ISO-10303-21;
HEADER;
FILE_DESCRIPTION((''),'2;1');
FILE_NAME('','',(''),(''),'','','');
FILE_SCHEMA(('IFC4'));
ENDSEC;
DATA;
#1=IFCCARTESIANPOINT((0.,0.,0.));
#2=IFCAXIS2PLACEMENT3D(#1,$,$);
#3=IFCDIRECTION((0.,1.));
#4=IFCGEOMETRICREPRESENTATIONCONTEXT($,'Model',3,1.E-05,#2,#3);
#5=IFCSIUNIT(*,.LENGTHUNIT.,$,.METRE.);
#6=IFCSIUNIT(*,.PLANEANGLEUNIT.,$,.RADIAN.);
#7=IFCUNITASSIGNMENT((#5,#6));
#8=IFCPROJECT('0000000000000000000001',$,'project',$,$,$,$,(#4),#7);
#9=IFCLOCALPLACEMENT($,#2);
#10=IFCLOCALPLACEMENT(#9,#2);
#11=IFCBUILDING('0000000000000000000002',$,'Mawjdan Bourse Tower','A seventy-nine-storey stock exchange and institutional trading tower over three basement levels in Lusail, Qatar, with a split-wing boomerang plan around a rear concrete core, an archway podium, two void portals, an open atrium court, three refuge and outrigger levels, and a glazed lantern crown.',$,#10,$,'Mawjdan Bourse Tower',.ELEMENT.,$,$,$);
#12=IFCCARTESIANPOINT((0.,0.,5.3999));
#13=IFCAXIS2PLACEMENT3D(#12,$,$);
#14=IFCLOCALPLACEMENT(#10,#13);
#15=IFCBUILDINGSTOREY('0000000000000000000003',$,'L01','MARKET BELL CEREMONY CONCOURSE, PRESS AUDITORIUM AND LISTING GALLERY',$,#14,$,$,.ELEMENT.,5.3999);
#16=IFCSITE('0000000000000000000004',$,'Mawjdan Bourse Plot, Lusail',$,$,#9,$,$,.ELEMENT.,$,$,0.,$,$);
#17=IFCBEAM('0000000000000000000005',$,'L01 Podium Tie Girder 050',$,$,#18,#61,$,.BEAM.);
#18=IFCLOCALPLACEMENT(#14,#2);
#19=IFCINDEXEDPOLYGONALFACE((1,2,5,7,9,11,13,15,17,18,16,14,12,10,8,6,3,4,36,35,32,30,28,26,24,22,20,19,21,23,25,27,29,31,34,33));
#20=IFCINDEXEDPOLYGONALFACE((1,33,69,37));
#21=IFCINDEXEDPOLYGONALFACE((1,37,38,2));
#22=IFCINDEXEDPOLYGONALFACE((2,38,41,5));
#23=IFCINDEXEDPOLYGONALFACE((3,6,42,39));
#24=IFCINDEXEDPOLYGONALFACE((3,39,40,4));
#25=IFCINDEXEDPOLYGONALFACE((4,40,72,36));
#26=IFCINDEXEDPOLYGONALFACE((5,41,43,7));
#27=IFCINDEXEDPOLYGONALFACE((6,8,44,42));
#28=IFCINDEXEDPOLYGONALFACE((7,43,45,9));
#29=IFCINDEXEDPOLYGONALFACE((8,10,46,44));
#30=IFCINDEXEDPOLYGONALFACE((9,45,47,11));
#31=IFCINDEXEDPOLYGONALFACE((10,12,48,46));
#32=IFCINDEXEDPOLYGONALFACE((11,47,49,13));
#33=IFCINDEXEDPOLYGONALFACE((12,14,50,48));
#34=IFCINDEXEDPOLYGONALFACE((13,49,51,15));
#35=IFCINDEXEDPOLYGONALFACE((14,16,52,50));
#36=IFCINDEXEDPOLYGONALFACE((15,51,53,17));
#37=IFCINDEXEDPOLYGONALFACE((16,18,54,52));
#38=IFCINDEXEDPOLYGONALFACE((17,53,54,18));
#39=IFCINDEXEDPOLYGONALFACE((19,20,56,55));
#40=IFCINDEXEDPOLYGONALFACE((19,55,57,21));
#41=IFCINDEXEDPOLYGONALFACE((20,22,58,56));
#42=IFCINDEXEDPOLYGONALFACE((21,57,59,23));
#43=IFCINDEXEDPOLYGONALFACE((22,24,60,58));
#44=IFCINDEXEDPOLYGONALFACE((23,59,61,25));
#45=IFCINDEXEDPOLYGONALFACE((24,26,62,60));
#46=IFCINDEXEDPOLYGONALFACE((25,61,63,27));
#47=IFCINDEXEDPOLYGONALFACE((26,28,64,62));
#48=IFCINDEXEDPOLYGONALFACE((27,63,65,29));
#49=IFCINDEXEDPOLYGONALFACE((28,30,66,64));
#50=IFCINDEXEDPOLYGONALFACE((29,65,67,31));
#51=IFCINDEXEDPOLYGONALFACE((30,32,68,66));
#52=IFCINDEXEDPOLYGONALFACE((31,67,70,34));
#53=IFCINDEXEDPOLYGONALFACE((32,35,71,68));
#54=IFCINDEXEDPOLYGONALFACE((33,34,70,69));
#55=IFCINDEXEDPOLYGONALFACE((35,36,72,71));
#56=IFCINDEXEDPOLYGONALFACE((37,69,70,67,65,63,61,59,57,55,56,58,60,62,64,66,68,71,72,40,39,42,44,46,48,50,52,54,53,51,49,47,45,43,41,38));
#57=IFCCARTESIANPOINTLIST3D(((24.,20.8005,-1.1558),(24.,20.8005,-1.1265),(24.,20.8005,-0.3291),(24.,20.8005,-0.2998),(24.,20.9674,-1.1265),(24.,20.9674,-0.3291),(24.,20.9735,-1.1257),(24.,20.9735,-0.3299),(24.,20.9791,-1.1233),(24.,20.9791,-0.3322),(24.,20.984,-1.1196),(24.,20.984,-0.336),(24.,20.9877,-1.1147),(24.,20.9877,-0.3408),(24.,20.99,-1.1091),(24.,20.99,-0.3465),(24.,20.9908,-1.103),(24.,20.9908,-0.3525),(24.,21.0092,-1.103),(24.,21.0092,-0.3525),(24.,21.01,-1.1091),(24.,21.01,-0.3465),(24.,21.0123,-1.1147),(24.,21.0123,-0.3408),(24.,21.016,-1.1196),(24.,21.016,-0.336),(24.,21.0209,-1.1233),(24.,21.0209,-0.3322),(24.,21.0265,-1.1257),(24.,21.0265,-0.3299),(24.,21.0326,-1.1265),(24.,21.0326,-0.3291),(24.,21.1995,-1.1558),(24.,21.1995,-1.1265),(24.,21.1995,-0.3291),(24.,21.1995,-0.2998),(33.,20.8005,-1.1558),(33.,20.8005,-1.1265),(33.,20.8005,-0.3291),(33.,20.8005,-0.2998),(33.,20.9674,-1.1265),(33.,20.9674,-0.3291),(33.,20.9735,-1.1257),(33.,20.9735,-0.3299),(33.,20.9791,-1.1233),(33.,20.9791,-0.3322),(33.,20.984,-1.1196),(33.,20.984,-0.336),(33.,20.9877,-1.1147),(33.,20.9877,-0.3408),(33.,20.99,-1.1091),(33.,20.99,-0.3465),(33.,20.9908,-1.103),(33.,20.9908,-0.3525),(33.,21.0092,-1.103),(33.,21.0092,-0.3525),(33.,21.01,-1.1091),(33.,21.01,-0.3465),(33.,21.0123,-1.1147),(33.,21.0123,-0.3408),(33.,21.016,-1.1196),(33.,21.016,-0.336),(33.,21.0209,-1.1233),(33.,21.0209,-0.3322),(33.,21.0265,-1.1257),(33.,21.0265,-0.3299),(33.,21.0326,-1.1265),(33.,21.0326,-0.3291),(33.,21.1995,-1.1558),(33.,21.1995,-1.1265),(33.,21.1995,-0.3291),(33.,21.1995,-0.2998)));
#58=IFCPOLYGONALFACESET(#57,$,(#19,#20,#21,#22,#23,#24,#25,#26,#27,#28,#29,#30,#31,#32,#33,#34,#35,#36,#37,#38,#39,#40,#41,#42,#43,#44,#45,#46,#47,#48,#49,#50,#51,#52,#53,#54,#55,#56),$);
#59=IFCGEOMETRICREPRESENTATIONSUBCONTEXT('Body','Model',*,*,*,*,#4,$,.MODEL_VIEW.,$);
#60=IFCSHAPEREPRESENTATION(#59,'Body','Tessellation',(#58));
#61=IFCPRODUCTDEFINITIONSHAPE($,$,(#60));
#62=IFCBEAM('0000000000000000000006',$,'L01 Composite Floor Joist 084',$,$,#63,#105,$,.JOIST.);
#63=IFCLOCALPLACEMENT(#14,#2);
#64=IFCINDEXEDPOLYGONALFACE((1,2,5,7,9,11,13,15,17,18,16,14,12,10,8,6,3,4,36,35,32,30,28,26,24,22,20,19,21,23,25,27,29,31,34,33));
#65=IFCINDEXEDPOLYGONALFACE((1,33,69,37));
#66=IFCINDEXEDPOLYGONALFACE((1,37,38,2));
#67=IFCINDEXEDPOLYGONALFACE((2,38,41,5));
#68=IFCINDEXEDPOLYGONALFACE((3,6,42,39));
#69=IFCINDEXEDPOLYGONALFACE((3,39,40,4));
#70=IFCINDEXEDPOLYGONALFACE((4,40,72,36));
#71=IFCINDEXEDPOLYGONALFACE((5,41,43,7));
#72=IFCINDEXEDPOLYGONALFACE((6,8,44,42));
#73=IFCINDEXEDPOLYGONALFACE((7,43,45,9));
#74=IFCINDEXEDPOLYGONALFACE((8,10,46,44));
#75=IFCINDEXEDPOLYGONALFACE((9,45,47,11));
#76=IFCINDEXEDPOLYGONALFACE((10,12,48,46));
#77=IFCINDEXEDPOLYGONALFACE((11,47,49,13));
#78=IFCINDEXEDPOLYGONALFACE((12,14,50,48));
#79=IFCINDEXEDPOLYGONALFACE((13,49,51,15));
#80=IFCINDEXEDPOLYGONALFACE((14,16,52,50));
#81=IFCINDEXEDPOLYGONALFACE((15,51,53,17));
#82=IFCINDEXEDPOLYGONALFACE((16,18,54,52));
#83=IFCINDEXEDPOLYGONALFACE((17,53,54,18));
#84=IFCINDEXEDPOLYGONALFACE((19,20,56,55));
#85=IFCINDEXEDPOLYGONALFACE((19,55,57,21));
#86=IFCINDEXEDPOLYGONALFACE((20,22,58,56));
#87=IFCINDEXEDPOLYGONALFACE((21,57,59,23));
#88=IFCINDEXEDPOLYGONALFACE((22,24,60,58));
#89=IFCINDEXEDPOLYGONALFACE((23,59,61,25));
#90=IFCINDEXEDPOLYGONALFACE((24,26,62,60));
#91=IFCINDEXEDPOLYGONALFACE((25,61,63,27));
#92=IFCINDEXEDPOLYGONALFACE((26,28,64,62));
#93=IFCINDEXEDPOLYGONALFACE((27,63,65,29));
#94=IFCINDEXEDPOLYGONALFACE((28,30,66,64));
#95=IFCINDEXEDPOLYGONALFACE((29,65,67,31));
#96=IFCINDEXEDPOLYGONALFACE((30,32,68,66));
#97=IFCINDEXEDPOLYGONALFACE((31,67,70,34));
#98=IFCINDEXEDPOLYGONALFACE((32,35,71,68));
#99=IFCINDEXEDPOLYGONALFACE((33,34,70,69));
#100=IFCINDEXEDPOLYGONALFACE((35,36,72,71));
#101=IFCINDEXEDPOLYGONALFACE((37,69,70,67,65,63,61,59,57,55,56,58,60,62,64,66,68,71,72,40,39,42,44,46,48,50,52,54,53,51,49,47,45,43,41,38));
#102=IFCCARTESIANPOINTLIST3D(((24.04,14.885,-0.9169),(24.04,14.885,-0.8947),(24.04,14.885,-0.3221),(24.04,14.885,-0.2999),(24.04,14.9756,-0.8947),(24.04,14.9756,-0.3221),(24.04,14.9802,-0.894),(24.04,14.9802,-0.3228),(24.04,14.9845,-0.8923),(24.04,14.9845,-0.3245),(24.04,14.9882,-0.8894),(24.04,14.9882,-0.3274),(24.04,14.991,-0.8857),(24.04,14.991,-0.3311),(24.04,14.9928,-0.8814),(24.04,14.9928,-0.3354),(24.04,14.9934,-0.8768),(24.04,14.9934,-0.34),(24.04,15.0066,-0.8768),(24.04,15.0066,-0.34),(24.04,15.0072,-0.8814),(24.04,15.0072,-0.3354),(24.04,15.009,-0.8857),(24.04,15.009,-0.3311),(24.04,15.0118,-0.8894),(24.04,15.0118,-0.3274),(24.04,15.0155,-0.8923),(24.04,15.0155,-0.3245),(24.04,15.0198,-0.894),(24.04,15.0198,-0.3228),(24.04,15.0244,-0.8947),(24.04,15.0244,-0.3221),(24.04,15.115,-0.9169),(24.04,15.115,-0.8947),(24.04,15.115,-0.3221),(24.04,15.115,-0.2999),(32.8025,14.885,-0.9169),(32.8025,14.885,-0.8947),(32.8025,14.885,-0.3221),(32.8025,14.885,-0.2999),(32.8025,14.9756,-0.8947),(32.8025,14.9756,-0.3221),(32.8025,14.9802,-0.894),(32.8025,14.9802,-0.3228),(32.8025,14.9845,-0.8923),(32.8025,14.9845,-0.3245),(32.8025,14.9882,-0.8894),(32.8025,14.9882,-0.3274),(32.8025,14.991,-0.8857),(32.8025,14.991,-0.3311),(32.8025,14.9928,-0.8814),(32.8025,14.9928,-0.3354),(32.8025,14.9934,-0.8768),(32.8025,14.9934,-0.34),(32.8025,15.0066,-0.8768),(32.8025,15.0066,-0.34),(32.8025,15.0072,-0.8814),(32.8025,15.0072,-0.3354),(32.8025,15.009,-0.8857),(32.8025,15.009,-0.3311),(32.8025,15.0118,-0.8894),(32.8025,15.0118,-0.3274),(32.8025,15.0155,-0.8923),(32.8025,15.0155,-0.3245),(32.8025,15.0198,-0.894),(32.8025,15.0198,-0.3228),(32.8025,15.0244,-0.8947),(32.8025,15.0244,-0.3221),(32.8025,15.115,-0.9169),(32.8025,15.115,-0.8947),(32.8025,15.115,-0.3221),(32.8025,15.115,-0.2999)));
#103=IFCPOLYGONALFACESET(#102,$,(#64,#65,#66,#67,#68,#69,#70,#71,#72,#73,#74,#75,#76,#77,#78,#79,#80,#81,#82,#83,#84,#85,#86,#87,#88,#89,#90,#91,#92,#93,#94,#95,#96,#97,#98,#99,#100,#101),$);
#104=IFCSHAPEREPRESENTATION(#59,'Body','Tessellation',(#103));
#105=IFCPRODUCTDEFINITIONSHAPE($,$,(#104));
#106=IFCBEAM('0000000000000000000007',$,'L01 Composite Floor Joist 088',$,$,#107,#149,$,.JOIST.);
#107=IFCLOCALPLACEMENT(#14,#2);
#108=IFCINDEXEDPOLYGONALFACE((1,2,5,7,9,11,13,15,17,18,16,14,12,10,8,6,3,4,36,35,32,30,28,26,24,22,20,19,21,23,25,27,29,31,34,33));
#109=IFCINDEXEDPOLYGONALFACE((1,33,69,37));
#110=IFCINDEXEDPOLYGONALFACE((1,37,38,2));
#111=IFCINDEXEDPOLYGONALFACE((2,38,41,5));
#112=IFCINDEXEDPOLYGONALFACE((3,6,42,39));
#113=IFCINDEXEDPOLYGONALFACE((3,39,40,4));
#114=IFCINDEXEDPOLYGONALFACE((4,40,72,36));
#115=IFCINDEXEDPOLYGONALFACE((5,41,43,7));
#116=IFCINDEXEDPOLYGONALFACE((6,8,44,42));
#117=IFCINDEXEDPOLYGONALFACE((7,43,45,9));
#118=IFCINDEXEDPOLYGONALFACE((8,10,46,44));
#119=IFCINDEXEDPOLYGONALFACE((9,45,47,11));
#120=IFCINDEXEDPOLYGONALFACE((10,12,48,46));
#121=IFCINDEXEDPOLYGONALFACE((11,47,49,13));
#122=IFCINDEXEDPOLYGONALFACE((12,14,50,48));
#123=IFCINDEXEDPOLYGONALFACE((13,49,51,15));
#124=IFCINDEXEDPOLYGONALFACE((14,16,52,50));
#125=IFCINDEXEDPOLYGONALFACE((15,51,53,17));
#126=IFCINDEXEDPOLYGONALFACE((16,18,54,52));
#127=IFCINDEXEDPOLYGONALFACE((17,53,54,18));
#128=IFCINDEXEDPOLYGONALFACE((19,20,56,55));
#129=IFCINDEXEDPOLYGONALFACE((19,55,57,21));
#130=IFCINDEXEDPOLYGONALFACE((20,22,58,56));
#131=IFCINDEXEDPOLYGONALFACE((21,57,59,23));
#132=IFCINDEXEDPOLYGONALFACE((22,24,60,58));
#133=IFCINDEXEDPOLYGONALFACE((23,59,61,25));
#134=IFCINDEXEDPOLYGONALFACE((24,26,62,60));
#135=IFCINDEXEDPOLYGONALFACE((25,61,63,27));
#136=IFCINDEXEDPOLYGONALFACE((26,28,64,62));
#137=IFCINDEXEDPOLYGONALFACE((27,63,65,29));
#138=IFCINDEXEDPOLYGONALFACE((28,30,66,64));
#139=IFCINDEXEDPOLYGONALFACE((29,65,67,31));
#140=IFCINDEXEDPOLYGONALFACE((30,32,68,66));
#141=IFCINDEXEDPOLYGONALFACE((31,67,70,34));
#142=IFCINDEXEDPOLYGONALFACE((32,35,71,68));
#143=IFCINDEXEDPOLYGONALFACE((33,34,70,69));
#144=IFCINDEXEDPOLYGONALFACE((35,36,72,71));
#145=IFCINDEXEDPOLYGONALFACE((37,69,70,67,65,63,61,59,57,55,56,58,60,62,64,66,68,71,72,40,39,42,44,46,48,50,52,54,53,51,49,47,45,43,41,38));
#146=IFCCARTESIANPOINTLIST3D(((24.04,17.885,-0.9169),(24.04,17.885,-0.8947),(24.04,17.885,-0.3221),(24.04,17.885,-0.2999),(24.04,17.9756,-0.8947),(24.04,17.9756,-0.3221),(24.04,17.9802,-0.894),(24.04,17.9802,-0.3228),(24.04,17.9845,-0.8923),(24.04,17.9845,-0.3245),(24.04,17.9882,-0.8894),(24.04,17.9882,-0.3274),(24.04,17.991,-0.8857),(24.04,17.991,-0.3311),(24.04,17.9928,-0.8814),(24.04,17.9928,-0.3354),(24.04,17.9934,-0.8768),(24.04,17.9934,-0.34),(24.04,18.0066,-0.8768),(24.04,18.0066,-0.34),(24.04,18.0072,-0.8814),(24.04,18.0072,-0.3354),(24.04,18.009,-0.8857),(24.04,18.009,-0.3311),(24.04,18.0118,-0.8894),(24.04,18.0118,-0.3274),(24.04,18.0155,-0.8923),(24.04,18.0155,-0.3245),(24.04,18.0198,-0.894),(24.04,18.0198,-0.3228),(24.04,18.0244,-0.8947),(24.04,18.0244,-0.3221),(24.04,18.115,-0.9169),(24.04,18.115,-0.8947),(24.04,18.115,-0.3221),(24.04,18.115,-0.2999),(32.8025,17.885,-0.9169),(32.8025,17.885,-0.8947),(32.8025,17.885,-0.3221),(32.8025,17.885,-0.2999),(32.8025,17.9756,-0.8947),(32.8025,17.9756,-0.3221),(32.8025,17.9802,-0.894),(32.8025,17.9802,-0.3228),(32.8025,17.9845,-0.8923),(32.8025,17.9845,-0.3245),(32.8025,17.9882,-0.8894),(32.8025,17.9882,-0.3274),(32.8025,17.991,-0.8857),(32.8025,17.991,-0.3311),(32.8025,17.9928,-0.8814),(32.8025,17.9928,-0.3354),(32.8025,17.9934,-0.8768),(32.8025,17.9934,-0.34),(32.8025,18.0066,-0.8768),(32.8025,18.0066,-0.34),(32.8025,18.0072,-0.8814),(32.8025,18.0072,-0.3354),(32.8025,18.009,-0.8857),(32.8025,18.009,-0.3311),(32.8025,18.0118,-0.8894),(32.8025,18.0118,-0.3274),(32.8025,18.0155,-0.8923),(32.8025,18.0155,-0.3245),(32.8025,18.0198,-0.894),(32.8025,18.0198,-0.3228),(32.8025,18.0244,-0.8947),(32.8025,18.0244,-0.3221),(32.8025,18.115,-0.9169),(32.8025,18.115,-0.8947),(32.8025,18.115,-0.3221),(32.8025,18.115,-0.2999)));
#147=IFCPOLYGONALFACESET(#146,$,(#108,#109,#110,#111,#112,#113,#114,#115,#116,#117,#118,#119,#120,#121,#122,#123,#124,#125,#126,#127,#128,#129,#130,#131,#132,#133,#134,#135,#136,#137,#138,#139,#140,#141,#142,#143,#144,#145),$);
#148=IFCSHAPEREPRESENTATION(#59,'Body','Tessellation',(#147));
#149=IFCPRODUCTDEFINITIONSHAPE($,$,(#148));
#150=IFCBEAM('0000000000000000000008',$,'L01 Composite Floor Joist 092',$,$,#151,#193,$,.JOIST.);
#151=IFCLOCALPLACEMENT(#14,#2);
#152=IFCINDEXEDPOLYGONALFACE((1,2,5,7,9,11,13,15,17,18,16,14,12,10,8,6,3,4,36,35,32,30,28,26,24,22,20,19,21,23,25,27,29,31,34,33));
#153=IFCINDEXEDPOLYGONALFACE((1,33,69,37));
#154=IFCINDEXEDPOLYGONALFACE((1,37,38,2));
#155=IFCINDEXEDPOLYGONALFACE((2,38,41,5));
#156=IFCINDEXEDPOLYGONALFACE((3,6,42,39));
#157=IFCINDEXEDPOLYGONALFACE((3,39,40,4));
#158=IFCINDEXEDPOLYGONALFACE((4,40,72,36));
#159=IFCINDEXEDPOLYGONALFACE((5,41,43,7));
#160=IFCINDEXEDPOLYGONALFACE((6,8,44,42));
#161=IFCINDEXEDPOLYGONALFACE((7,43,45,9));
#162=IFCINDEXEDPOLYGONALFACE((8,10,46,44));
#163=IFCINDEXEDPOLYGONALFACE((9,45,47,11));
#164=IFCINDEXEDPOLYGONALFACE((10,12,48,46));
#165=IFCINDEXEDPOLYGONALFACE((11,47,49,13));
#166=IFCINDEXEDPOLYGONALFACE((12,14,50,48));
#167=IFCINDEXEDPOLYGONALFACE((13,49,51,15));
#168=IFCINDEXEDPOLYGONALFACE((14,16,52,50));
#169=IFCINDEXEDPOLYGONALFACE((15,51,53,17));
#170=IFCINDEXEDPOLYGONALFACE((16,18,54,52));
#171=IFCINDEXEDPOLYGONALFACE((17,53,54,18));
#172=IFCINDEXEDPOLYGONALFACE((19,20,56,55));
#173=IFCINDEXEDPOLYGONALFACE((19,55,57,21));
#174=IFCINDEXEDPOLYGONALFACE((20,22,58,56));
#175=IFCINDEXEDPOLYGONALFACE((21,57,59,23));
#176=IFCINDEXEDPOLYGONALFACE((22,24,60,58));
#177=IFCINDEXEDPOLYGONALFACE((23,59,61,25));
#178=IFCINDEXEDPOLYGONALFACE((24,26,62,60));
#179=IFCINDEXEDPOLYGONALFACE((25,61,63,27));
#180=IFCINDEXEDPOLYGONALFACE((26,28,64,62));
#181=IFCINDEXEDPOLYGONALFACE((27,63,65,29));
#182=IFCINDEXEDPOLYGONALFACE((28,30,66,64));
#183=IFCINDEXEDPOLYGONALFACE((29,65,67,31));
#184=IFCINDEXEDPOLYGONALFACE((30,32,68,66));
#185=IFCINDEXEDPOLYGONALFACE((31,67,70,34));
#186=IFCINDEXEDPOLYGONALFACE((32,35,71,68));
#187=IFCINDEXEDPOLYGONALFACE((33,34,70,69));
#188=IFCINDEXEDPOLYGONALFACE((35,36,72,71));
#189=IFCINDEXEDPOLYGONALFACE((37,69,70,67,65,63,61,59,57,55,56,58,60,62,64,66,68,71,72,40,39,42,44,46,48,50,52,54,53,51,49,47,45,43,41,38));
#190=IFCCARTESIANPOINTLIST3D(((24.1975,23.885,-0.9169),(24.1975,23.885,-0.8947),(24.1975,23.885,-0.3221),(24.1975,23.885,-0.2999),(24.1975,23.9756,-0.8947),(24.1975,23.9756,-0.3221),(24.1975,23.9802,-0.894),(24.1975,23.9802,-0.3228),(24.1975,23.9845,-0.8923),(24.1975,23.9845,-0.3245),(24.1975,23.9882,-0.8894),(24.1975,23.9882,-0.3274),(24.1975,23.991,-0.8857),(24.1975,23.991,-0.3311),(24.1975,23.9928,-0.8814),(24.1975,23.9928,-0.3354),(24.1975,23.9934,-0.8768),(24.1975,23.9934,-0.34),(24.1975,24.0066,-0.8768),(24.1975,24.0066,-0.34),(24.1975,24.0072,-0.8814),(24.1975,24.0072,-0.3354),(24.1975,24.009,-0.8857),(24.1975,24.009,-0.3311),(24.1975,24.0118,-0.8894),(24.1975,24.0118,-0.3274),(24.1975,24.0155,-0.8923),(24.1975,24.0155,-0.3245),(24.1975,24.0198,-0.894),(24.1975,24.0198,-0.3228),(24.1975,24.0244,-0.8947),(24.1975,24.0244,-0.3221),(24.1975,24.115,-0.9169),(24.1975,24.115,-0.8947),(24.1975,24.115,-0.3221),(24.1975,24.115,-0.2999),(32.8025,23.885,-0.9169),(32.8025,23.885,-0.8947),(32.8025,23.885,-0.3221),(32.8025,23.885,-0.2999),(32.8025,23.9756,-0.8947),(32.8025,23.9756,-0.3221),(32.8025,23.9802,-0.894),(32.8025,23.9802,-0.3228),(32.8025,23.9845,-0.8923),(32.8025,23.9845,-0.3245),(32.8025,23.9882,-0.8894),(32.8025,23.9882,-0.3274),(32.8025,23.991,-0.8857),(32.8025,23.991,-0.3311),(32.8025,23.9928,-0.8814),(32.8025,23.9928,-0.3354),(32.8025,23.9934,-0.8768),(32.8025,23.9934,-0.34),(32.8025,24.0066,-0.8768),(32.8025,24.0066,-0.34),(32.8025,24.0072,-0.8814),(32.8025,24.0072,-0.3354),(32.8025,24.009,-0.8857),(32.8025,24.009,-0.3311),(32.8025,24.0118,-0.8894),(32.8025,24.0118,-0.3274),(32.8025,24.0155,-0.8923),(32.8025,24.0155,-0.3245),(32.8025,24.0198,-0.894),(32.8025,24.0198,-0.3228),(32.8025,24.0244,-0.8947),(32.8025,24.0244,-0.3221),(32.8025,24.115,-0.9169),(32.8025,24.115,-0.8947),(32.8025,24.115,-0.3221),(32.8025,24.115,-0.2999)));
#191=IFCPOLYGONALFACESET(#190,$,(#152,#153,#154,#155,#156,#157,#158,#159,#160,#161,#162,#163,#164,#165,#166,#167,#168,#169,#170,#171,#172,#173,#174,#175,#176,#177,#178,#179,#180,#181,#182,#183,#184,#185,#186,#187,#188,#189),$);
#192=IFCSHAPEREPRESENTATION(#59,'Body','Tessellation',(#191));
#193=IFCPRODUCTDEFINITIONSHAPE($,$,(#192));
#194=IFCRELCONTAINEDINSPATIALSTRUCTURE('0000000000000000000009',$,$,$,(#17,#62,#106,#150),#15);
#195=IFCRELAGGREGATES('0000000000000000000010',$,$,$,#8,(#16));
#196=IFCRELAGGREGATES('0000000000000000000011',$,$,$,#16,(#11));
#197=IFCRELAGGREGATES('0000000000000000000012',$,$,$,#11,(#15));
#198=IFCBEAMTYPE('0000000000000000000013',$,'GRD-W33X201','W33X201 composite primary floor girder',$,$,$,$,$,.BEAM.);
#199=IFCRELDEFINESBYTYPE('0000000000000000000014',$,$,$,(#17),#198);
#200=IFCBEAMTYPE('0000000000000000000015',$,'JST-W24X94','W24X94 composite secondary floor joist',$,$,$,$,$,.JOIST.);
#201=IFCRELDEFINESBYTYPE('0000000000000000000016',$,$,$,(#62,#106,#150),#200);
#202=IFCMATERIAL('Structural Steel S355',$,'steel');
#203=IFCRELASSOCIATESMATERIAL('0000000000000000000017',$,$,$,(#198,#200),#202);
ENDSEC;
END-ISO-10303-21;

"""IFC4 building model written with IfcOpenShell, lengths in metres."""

from ifc_helpers import new_model, si_unit, direction, frame, origin, origin_2d, place, context, subcontext, project, spatial, i_section, extrude, material, material_profile, profile_set, type_object, element, save


model = new_model("IFC4")

# Units and contexts
model_context = context("Model", 3, precision=1e-05, world=origin(), true_north=direction((0.0, 1.0)))
body_context = subcontext(model_context, "Body", "Model", "MODEL_VIEW")
ifc_project = project(units=[si_unit("LENGTHUNIT", "METRE"), si_unit("PLANEANGLEUNIT", "RADIAN")], contexts=[model_context])

# Site, building, storey
site_placement = place(None, origin())
site = spatial("IfcSite", under=ifc_project, at=site_placement, Name="Mawjdan Bourse Plot, Lusail", CompositionType="ELEMENT", RefElevation=0.0)
building_placement = place(site_placement, origin())
building = spatial("IfcBuilding", under=site, at=building_placement, Name="Mawjdan Bourse Tower", Description="A seventy-nine-storey stock exchange and institutional trading tower over three basement levels in Lusail, Qatar, with a split-wing boomerang plan around a rear concrete core, an archway podium, two void portals, an open atrium court, three refuge and outrigger levels, and a glazed lantern crown.", LongName="Mawjdan Bourse Tower", CompositionType="ELEMENT")
storey_placement = place(building_placement, frame((0.0, 0.0, 5.3999)))
storey = spatial("IfcBuildingStorey", under=building, at=storey_placement, Name="L01", Description="MARKET BELL CEREMONY CONCOURSE, PRESS AUDITORIUM AND LISTING GALLERY", CompositionType="ELEMENT", Elevation=5.3999)

# Beams
ifc_material_1 = material(Name="Structural Steel S355", Category="steel")
ifc_material_profile_1 = material_profile(ifc_material_1, i_section(OverallWidth=0.3989, OverallDepth=0.856, WebThickness=0.0183, FlangeThickness=0.0293, FilletRadius=0.0234, at=origin_2d()), Name="W33X201")
ifc_profile_set_1 = profile_set([ifc_material_profile_1], Name="Structural Steel S355")
beam_type_1 = type_object("IfcBeamType", Name="GRD-W33X201", Description="W33X201 composite primary floor girder", PredefinedType="BEAM", material=ifc_profile_set_1)
for number, where, z_axis, x_axis, name in (
    (1, (24.0, 21.0, -0.7278), (1.0, 0.0, 0.0), (0.0, 1.0, 0.0), "L01 Podium Tie Girder 050"),
):
    element("IfcBeam", number, at=place(storey_placement, frame(where, z_axis=z_axis, x_axis=x_axis)), inside=storey, type_object=beam_type_1, Name=name, PredefinedType="BEAM", context=body_context, shape_type="SweptSolid", body=[
        extrude(i_section(OverallWidth=0.3989, OverallDepth=0.856, WebThickness=0.0183, FlangeThickness=0.0293, FilletRadius=0.0234, at=origin_2d()), origin(), (0.0, 0.0, 1.0), 9.0),
    ])
ifc_material_profile_2 = material_profile(ifc_material_1, i_section(OverallWidth=0.23, OverallDepth=0.6169, WebThickness=0.0132, FlangeThickness=0.0222, FilletRadius=0.0178, at=origin_2d()), Name="W24X94")
ifc_profile_set_2 = profile_set([ifc_material_profile_2], Name="Structural Steel S355")
beam_type_2 = type_object("IfcBeamType", Name="JST-W24X94", Description="W24X94 composite secondary floor joist", PredefinedType="JOIST", material=ifc_profile_set_2)
for number, where, z_axis, x_axis, name in (
    (2, (24.04, 15.0, -0.6084), (1.0, 0.0, 0.0), (0.0, 1.0, 0.0), "L01 Composite Floor Joist 084"),
    (3, (24.04, 18.0, -0.6084), (1.0, 0.0, 0.0), (0.0, 1.0, 0.0), "L01 Composite Floor Joist 088"),
):
    element("IfcBeam", number, at=place(storey_placement, frame(where, z_axis=z_axis, x_axis=x_axis)), inside=storey, type_object=beam_type_2, Name=name, PredefinedType="JOIST", context=body_context, shape_type="SweptSolid", body=[
        extrude(i_section(OverallWidth=0.23, OverallDepth=0.6169, WebThickness=0.0132, FlangeThickness=0.0222, FilletRadius=0.0178, at=origin_2d()), origin(), (0.0, 0.0, 1.0), 8.7625),
    ])
beam_1_placement = place(storey_placement, frame((24.1975, 24.0, -0.6084), z_axis=(1.0, 0.0, 0.0), x_axis=(0.0, 1.0, 0.0)))
element("IfcBeam", 4, at=beam_1_placement, inside=storey, type_object=beam_type_2, Name="L01 Composite Floor Joist 092", PredefinedType="JOIST", context=body_context, shape_type="SweptSolid", body=[
    extrude(i_section(OverallWidth=0.23, OverallDepth=0.6169, WebThickness=0.0132, FlangeThickness=0.0222, FilletRadius=0.0178, at=origin_2d()), origin(), (0.0, 0.0, 1.0), 8.605),
])

save(model, "model.ifc")
